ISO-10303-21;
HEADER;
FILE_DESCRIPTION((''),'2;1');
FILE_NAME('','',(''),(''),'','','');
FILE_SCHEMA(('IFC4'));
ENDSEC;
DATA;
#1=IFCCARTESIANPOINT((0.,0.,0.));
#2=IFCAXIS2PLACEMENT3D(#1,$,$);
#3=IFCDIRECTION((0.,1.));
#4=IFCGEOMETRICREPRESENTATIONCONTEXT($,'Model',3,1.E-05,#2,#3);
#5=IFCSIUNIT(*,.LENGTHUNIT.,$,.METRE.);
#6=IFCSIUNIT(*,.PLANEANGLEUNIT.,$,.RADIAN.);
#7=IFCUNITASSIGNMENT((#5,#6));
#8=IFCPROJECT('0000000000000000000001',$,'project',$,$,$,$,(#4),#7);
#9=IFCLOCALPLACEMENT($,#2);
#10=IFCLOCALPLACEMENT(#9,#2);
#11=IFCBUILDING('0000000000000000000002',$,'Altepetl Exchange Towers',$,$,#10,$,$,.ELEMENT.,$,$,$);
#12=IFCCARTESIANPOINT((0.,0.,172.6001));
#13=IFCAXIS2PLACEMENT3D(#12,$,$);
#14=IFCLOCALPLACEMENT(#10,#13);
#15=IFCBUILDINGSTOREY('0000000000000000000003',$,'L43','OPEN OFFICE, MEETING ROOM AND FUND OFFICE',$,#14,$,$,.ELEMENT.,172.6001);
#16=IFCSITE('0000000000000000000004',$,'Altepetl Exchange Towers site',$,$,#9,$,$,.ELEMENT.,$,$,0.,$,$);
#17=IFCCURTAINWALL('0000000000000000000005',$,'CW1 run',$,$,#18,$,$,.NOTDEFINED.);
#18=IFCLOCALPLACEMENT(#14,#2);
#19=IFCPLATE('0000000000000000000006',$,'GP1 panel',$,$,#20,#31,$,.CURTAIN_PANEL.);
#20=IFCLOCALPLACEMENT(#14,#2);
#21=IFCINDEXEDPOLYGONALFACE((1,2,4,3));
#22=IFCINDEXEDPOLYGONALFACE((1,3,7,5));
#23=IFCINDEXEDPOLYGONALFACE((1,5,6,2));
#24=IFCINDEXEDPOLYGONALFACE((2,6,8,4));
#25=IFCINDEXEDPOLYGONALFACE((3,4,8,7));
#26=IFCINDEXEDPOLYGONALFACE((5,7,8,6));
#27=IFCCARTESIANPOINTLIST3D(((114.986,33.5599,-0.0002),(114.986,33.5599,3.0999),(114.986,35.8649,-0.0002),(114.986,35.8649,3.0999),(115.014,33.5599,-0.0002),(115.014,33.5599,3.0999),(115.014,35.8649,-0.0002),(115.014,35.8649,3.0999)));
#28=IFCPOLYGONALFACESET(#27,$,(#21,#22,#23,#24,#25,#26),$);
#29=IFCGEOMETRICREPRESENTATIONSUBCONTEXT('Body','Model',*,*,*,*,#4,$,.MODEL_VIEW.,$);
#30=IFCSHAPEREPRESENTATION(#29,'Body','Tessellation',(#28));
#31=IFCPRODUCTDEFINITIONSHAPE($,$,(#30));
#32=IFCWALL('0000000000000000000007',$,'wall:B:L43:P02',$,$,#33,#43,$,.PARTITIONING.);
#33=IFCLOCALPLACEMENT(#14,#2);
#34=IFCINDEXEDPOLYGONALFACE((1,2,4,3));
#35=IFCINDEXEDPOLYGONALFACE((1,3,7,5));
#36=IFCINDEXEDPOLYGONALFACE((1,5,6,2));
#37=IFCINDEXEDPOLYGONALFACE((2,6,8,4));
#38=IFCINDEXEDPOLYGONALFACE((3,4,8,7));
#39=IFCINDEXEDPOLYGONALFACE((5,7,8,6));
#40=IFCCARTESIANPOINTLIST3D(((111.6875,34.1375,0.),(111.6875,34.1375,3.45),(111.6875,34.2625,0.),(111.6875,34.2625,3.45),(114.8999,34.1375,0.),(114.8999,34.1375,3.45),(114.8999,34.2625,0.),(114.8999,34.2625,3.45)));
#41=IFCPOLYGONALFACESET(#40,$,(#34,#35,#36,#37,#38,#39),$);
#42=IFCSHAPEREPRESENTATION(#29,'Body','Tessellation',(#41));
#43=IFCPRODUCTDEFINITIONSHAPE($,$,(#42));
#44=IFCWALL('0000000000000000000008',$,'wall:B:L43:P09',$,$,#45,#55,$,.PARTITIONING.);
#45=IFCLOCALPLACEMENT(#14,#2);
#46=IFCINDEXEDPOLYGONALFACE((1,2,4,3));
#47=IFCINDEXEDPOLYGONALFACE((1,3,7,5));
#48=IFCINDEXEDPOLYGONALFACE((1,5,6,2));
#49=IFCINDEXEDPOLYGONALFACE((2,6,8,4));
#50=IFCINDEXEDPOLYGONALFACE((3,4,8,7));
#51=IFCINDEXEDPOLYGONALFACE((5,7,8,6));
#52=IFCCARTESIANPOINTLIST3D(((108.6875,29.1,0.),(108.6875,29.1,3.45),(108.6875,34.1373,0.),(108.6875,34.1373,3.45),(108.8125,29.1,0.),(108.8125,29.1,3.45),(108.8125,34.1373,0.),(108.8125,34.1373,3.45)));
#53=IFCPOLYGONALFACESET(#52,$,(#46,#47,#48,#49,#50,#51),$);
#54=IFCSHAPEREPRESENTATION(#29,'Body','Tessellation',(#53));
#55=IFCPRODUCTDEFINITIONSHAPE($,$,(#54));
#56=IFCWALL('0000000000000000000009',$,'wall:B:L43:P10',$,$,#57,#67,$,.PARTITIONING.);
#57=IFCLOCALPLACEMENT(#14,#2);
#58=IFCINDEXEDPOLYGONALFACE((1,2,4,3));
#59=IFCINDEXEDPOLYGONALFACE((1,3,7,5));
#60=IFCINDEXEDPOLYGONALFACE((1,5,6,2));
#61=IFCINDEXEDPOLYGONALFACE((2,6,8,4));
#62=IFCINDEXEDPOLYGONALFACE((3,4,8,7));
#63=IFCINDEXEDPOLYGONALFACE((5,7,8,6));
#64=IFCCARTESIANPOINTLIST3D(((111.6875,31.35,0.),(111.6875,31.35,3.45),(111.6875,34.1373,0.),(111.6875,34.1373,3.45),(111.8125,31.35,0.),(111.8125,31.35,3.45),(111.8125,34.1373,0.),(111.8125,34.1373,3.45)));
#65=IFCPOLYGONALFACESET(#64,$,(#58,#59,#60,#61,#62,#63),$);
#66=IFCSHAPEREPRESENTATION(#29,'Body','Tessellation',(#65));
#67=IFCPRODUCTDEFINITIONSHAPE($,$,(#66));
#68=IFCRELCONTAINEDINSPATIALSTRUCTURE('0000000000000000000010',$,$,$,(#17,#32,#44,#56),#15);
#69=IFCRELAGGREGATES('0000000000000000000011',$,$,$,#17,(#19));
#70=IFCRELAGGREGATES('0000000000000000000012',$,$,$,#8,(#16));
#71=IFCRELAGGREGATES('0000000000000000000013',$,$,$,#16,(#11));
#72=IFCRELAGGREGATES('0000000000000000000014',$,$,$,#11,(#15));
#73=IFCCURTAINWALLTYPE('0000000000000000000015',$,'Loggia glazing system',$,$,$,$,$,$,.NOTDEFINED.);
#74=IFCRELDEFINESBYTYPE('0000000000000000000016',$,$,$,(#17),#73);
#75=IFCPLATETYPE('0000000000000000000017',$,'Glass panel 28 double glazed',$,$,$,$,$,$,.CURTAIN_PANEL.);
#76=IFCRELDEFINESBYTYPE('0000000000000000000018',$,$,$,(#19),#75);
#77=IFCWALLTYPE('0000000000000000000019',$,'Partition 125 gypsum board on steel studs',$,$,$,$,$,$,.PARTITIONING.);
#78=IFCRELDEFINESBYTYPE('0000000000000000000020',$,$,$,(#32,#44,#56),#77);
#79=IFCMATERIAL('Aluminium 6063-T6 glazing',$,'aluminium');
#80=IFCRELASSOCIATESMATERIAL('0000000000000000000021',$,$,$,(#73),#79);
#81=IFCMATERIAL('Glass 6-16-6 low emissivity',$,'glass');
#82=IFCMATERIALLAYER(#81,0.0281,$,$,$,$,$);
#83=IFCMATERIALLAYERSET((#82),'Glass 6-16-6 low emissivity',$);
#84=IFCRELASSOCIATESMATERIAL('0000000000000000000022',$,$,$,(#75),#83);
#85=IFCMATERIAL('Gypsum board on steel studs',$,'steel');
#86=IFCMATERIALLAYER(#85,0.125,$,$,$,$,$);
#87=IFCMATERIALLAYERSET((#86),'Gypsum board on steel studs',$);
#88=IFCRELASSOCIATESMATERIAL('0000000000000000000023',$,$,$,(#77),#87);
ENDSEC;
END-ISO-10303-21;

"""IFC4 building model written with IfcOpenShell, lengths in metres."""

from ifc_helpers import new_model, si_unit, direction, frame, frame_2d, origin, origin_2d, place, context, subcontext, project, spatial, rectangle, extrude, material, layer, layer_set, type_object, element, aggregate, save


model = new_model("IFC4")

# Units and contexts
model_context = context("Model", 3, precision=1e-05, world=origin(), true_north=direction((0.0, 1.0)))
body_context = subcontext(model_context, "Body", "Model", "MODEL_VIEW")
ifc_project = project(units=[si_unit("LENGTHUNIT", "METRE"), si_unit("PLANEANGLEUNIT", "RADIAN")], contexts=[model_context])

# Site, building, storey
site_placement = place(None, origin())
site = spatial("IfcSite", under=ifc_project, at=site_placement, Name="Altepetl Exchange Towers site", CompositionType="ELEMENT", RefElevation=0.0)
building_placement = place(site_placement, origin())
building = spatial("IfcBuilding", under=site, at=building_placement, Name="Altepetl Exchange Towers", CompositionType="ELEMENT")
storey_placement = place(building_placement, frame((0.0, 0.0, 172.6001)))
storey = spatial("IfcBuildingStorey", under=building, at=storey_placement, Name="L43", Description="OPEN OFFICE, MEETING ROOM AND FUND OFFICE", CompositionType="ELEMENT", Elevation=172.6001)

# Shared definitions
ifc_material_1 = material(Name="Aluminium 6063-T6 glazing", Category="aluminium")
curtain_wall_type = type_object("IfcCurtainWallType", Name="Loggia glazing system", PredefinedType="NOTDEFINED", material=ifc_material_1)

# Curtain wall
curtain_wall_1_placement = place(storey_placement, origin())
curtain_wall_1 = element("IfcCurtainWall", 1, at=curtain_wall_1_placement, inside=storey, type_object=curtain_wall_type, Name="CW1 run", PredefinedType="NOTDEFINED")

# Plate
ifc_material_2 = material(Name="Glass 6-16-6 low emissivity", Category="glass")
ifc_layer_1 = layer(ifc_material_2, 0.0281)
ifc_layer_set_1 = layer_set([ifc_layer_1], Name="Glass 6-16-6 low emissivity")
plate_type = type_object("IfcPlateType", Name="Glass panel 28 double glazed", PredefinedType="CURTAIN_PANEL", material=ifc_layer_set_1)
plate_1_placement = place(storey_placement, frame((115.0, 34.7124, -0.0002), z_axis=(0.0, 0.0, 1.0), x_axis=(0.0, 1.0, 0.0)))
plate_1 = element("IfcPlate", 2, at=plate_1_placement, type_object=plate_type, Name="GP1 panel", PredefinedType="CURTAIN_PANEL", context=body_context, shape_type="SweptSolid", body=[
    extrude(rectangle(XDim=2.3049, YDim=0.0281, at=origin_2d()), origin(), (0.0, 0.0, 1.0), 3.1001),
])
aggregate(curtain_wall_1, [plate_1])

# Walls
ifc_material_3 = material(Name="Gypsum board on steel studs", Category="steel")
ifc_layer_2 = layer(ifc_material_3, 0.125)
ifc_layer_set_2 = layer_set([ifc_layer_2], Name="Gypsum board on steel studs")
wall_type = type_object("IfcWallType", Name="Partition 125 gypsum board on steel studs", PredefinedType="PARTITIONING", material=ifc_layer_set_2)
wall_1_placement = place(storey_placement, frame((111.6875, 34.2, 0.0)))
element("IfcWall", 3, at=wall_1_placement, inside=storey, type_object=wall_type, Name="wall:B:L43:P02", PredefinedType="PARTITIONING", context=body_context, shape_type="SweptSolid", body=[
    extrude(rectangle(XDim=3.2124, YDim=0.125, at=frame_2d((1.6062, 0.0))), origin(), (0.0, 0.0, 1.0), 3.45),
])
wall_2_placement = place(storey_placement, frame((108.75, 29.1001, 0.0), z_axis=(0.0, 0.0, 1.0), x_axis=(0.0, 1.0, 0.0)))
element("IfcWall", 4, at=wall_2_placement, inside=storey, type_object=wall_type, Name="wall:B:L43:P09", PredefinedType="PARTITIONING", context=body_context, shape_type="SweptSolid", body=[
    extrude(rectangle(XDim=5.0374, YDim=0.125, at=frame_2d((2.5186, 0.0))), origin(), (0.0, 0.0, 1.0), 3.45),
])
wall_3_placement = place(storey_placement, frame((111.75, 31.3501, 0.0), z_axis=(0.0, 0.0, 1.0), x_axis=(0.0, 1.0, 0.0)))
element("IfcWall", 5, at=wall_3_placement, inside=storey, type_object=wall_type, Name="wall:B:L43:P10", PredefinedType="PARTITIONING", context=body_context, shape_type="SweptSolid", body=[
    extrude(rectangle(XDim=2.7874, YDim=0.125, at=frame_2d((1.3936, 0.0))), origin(), (0.0, 0.0, 1.0), 3.45),
])

save(model, "model.ifc")
